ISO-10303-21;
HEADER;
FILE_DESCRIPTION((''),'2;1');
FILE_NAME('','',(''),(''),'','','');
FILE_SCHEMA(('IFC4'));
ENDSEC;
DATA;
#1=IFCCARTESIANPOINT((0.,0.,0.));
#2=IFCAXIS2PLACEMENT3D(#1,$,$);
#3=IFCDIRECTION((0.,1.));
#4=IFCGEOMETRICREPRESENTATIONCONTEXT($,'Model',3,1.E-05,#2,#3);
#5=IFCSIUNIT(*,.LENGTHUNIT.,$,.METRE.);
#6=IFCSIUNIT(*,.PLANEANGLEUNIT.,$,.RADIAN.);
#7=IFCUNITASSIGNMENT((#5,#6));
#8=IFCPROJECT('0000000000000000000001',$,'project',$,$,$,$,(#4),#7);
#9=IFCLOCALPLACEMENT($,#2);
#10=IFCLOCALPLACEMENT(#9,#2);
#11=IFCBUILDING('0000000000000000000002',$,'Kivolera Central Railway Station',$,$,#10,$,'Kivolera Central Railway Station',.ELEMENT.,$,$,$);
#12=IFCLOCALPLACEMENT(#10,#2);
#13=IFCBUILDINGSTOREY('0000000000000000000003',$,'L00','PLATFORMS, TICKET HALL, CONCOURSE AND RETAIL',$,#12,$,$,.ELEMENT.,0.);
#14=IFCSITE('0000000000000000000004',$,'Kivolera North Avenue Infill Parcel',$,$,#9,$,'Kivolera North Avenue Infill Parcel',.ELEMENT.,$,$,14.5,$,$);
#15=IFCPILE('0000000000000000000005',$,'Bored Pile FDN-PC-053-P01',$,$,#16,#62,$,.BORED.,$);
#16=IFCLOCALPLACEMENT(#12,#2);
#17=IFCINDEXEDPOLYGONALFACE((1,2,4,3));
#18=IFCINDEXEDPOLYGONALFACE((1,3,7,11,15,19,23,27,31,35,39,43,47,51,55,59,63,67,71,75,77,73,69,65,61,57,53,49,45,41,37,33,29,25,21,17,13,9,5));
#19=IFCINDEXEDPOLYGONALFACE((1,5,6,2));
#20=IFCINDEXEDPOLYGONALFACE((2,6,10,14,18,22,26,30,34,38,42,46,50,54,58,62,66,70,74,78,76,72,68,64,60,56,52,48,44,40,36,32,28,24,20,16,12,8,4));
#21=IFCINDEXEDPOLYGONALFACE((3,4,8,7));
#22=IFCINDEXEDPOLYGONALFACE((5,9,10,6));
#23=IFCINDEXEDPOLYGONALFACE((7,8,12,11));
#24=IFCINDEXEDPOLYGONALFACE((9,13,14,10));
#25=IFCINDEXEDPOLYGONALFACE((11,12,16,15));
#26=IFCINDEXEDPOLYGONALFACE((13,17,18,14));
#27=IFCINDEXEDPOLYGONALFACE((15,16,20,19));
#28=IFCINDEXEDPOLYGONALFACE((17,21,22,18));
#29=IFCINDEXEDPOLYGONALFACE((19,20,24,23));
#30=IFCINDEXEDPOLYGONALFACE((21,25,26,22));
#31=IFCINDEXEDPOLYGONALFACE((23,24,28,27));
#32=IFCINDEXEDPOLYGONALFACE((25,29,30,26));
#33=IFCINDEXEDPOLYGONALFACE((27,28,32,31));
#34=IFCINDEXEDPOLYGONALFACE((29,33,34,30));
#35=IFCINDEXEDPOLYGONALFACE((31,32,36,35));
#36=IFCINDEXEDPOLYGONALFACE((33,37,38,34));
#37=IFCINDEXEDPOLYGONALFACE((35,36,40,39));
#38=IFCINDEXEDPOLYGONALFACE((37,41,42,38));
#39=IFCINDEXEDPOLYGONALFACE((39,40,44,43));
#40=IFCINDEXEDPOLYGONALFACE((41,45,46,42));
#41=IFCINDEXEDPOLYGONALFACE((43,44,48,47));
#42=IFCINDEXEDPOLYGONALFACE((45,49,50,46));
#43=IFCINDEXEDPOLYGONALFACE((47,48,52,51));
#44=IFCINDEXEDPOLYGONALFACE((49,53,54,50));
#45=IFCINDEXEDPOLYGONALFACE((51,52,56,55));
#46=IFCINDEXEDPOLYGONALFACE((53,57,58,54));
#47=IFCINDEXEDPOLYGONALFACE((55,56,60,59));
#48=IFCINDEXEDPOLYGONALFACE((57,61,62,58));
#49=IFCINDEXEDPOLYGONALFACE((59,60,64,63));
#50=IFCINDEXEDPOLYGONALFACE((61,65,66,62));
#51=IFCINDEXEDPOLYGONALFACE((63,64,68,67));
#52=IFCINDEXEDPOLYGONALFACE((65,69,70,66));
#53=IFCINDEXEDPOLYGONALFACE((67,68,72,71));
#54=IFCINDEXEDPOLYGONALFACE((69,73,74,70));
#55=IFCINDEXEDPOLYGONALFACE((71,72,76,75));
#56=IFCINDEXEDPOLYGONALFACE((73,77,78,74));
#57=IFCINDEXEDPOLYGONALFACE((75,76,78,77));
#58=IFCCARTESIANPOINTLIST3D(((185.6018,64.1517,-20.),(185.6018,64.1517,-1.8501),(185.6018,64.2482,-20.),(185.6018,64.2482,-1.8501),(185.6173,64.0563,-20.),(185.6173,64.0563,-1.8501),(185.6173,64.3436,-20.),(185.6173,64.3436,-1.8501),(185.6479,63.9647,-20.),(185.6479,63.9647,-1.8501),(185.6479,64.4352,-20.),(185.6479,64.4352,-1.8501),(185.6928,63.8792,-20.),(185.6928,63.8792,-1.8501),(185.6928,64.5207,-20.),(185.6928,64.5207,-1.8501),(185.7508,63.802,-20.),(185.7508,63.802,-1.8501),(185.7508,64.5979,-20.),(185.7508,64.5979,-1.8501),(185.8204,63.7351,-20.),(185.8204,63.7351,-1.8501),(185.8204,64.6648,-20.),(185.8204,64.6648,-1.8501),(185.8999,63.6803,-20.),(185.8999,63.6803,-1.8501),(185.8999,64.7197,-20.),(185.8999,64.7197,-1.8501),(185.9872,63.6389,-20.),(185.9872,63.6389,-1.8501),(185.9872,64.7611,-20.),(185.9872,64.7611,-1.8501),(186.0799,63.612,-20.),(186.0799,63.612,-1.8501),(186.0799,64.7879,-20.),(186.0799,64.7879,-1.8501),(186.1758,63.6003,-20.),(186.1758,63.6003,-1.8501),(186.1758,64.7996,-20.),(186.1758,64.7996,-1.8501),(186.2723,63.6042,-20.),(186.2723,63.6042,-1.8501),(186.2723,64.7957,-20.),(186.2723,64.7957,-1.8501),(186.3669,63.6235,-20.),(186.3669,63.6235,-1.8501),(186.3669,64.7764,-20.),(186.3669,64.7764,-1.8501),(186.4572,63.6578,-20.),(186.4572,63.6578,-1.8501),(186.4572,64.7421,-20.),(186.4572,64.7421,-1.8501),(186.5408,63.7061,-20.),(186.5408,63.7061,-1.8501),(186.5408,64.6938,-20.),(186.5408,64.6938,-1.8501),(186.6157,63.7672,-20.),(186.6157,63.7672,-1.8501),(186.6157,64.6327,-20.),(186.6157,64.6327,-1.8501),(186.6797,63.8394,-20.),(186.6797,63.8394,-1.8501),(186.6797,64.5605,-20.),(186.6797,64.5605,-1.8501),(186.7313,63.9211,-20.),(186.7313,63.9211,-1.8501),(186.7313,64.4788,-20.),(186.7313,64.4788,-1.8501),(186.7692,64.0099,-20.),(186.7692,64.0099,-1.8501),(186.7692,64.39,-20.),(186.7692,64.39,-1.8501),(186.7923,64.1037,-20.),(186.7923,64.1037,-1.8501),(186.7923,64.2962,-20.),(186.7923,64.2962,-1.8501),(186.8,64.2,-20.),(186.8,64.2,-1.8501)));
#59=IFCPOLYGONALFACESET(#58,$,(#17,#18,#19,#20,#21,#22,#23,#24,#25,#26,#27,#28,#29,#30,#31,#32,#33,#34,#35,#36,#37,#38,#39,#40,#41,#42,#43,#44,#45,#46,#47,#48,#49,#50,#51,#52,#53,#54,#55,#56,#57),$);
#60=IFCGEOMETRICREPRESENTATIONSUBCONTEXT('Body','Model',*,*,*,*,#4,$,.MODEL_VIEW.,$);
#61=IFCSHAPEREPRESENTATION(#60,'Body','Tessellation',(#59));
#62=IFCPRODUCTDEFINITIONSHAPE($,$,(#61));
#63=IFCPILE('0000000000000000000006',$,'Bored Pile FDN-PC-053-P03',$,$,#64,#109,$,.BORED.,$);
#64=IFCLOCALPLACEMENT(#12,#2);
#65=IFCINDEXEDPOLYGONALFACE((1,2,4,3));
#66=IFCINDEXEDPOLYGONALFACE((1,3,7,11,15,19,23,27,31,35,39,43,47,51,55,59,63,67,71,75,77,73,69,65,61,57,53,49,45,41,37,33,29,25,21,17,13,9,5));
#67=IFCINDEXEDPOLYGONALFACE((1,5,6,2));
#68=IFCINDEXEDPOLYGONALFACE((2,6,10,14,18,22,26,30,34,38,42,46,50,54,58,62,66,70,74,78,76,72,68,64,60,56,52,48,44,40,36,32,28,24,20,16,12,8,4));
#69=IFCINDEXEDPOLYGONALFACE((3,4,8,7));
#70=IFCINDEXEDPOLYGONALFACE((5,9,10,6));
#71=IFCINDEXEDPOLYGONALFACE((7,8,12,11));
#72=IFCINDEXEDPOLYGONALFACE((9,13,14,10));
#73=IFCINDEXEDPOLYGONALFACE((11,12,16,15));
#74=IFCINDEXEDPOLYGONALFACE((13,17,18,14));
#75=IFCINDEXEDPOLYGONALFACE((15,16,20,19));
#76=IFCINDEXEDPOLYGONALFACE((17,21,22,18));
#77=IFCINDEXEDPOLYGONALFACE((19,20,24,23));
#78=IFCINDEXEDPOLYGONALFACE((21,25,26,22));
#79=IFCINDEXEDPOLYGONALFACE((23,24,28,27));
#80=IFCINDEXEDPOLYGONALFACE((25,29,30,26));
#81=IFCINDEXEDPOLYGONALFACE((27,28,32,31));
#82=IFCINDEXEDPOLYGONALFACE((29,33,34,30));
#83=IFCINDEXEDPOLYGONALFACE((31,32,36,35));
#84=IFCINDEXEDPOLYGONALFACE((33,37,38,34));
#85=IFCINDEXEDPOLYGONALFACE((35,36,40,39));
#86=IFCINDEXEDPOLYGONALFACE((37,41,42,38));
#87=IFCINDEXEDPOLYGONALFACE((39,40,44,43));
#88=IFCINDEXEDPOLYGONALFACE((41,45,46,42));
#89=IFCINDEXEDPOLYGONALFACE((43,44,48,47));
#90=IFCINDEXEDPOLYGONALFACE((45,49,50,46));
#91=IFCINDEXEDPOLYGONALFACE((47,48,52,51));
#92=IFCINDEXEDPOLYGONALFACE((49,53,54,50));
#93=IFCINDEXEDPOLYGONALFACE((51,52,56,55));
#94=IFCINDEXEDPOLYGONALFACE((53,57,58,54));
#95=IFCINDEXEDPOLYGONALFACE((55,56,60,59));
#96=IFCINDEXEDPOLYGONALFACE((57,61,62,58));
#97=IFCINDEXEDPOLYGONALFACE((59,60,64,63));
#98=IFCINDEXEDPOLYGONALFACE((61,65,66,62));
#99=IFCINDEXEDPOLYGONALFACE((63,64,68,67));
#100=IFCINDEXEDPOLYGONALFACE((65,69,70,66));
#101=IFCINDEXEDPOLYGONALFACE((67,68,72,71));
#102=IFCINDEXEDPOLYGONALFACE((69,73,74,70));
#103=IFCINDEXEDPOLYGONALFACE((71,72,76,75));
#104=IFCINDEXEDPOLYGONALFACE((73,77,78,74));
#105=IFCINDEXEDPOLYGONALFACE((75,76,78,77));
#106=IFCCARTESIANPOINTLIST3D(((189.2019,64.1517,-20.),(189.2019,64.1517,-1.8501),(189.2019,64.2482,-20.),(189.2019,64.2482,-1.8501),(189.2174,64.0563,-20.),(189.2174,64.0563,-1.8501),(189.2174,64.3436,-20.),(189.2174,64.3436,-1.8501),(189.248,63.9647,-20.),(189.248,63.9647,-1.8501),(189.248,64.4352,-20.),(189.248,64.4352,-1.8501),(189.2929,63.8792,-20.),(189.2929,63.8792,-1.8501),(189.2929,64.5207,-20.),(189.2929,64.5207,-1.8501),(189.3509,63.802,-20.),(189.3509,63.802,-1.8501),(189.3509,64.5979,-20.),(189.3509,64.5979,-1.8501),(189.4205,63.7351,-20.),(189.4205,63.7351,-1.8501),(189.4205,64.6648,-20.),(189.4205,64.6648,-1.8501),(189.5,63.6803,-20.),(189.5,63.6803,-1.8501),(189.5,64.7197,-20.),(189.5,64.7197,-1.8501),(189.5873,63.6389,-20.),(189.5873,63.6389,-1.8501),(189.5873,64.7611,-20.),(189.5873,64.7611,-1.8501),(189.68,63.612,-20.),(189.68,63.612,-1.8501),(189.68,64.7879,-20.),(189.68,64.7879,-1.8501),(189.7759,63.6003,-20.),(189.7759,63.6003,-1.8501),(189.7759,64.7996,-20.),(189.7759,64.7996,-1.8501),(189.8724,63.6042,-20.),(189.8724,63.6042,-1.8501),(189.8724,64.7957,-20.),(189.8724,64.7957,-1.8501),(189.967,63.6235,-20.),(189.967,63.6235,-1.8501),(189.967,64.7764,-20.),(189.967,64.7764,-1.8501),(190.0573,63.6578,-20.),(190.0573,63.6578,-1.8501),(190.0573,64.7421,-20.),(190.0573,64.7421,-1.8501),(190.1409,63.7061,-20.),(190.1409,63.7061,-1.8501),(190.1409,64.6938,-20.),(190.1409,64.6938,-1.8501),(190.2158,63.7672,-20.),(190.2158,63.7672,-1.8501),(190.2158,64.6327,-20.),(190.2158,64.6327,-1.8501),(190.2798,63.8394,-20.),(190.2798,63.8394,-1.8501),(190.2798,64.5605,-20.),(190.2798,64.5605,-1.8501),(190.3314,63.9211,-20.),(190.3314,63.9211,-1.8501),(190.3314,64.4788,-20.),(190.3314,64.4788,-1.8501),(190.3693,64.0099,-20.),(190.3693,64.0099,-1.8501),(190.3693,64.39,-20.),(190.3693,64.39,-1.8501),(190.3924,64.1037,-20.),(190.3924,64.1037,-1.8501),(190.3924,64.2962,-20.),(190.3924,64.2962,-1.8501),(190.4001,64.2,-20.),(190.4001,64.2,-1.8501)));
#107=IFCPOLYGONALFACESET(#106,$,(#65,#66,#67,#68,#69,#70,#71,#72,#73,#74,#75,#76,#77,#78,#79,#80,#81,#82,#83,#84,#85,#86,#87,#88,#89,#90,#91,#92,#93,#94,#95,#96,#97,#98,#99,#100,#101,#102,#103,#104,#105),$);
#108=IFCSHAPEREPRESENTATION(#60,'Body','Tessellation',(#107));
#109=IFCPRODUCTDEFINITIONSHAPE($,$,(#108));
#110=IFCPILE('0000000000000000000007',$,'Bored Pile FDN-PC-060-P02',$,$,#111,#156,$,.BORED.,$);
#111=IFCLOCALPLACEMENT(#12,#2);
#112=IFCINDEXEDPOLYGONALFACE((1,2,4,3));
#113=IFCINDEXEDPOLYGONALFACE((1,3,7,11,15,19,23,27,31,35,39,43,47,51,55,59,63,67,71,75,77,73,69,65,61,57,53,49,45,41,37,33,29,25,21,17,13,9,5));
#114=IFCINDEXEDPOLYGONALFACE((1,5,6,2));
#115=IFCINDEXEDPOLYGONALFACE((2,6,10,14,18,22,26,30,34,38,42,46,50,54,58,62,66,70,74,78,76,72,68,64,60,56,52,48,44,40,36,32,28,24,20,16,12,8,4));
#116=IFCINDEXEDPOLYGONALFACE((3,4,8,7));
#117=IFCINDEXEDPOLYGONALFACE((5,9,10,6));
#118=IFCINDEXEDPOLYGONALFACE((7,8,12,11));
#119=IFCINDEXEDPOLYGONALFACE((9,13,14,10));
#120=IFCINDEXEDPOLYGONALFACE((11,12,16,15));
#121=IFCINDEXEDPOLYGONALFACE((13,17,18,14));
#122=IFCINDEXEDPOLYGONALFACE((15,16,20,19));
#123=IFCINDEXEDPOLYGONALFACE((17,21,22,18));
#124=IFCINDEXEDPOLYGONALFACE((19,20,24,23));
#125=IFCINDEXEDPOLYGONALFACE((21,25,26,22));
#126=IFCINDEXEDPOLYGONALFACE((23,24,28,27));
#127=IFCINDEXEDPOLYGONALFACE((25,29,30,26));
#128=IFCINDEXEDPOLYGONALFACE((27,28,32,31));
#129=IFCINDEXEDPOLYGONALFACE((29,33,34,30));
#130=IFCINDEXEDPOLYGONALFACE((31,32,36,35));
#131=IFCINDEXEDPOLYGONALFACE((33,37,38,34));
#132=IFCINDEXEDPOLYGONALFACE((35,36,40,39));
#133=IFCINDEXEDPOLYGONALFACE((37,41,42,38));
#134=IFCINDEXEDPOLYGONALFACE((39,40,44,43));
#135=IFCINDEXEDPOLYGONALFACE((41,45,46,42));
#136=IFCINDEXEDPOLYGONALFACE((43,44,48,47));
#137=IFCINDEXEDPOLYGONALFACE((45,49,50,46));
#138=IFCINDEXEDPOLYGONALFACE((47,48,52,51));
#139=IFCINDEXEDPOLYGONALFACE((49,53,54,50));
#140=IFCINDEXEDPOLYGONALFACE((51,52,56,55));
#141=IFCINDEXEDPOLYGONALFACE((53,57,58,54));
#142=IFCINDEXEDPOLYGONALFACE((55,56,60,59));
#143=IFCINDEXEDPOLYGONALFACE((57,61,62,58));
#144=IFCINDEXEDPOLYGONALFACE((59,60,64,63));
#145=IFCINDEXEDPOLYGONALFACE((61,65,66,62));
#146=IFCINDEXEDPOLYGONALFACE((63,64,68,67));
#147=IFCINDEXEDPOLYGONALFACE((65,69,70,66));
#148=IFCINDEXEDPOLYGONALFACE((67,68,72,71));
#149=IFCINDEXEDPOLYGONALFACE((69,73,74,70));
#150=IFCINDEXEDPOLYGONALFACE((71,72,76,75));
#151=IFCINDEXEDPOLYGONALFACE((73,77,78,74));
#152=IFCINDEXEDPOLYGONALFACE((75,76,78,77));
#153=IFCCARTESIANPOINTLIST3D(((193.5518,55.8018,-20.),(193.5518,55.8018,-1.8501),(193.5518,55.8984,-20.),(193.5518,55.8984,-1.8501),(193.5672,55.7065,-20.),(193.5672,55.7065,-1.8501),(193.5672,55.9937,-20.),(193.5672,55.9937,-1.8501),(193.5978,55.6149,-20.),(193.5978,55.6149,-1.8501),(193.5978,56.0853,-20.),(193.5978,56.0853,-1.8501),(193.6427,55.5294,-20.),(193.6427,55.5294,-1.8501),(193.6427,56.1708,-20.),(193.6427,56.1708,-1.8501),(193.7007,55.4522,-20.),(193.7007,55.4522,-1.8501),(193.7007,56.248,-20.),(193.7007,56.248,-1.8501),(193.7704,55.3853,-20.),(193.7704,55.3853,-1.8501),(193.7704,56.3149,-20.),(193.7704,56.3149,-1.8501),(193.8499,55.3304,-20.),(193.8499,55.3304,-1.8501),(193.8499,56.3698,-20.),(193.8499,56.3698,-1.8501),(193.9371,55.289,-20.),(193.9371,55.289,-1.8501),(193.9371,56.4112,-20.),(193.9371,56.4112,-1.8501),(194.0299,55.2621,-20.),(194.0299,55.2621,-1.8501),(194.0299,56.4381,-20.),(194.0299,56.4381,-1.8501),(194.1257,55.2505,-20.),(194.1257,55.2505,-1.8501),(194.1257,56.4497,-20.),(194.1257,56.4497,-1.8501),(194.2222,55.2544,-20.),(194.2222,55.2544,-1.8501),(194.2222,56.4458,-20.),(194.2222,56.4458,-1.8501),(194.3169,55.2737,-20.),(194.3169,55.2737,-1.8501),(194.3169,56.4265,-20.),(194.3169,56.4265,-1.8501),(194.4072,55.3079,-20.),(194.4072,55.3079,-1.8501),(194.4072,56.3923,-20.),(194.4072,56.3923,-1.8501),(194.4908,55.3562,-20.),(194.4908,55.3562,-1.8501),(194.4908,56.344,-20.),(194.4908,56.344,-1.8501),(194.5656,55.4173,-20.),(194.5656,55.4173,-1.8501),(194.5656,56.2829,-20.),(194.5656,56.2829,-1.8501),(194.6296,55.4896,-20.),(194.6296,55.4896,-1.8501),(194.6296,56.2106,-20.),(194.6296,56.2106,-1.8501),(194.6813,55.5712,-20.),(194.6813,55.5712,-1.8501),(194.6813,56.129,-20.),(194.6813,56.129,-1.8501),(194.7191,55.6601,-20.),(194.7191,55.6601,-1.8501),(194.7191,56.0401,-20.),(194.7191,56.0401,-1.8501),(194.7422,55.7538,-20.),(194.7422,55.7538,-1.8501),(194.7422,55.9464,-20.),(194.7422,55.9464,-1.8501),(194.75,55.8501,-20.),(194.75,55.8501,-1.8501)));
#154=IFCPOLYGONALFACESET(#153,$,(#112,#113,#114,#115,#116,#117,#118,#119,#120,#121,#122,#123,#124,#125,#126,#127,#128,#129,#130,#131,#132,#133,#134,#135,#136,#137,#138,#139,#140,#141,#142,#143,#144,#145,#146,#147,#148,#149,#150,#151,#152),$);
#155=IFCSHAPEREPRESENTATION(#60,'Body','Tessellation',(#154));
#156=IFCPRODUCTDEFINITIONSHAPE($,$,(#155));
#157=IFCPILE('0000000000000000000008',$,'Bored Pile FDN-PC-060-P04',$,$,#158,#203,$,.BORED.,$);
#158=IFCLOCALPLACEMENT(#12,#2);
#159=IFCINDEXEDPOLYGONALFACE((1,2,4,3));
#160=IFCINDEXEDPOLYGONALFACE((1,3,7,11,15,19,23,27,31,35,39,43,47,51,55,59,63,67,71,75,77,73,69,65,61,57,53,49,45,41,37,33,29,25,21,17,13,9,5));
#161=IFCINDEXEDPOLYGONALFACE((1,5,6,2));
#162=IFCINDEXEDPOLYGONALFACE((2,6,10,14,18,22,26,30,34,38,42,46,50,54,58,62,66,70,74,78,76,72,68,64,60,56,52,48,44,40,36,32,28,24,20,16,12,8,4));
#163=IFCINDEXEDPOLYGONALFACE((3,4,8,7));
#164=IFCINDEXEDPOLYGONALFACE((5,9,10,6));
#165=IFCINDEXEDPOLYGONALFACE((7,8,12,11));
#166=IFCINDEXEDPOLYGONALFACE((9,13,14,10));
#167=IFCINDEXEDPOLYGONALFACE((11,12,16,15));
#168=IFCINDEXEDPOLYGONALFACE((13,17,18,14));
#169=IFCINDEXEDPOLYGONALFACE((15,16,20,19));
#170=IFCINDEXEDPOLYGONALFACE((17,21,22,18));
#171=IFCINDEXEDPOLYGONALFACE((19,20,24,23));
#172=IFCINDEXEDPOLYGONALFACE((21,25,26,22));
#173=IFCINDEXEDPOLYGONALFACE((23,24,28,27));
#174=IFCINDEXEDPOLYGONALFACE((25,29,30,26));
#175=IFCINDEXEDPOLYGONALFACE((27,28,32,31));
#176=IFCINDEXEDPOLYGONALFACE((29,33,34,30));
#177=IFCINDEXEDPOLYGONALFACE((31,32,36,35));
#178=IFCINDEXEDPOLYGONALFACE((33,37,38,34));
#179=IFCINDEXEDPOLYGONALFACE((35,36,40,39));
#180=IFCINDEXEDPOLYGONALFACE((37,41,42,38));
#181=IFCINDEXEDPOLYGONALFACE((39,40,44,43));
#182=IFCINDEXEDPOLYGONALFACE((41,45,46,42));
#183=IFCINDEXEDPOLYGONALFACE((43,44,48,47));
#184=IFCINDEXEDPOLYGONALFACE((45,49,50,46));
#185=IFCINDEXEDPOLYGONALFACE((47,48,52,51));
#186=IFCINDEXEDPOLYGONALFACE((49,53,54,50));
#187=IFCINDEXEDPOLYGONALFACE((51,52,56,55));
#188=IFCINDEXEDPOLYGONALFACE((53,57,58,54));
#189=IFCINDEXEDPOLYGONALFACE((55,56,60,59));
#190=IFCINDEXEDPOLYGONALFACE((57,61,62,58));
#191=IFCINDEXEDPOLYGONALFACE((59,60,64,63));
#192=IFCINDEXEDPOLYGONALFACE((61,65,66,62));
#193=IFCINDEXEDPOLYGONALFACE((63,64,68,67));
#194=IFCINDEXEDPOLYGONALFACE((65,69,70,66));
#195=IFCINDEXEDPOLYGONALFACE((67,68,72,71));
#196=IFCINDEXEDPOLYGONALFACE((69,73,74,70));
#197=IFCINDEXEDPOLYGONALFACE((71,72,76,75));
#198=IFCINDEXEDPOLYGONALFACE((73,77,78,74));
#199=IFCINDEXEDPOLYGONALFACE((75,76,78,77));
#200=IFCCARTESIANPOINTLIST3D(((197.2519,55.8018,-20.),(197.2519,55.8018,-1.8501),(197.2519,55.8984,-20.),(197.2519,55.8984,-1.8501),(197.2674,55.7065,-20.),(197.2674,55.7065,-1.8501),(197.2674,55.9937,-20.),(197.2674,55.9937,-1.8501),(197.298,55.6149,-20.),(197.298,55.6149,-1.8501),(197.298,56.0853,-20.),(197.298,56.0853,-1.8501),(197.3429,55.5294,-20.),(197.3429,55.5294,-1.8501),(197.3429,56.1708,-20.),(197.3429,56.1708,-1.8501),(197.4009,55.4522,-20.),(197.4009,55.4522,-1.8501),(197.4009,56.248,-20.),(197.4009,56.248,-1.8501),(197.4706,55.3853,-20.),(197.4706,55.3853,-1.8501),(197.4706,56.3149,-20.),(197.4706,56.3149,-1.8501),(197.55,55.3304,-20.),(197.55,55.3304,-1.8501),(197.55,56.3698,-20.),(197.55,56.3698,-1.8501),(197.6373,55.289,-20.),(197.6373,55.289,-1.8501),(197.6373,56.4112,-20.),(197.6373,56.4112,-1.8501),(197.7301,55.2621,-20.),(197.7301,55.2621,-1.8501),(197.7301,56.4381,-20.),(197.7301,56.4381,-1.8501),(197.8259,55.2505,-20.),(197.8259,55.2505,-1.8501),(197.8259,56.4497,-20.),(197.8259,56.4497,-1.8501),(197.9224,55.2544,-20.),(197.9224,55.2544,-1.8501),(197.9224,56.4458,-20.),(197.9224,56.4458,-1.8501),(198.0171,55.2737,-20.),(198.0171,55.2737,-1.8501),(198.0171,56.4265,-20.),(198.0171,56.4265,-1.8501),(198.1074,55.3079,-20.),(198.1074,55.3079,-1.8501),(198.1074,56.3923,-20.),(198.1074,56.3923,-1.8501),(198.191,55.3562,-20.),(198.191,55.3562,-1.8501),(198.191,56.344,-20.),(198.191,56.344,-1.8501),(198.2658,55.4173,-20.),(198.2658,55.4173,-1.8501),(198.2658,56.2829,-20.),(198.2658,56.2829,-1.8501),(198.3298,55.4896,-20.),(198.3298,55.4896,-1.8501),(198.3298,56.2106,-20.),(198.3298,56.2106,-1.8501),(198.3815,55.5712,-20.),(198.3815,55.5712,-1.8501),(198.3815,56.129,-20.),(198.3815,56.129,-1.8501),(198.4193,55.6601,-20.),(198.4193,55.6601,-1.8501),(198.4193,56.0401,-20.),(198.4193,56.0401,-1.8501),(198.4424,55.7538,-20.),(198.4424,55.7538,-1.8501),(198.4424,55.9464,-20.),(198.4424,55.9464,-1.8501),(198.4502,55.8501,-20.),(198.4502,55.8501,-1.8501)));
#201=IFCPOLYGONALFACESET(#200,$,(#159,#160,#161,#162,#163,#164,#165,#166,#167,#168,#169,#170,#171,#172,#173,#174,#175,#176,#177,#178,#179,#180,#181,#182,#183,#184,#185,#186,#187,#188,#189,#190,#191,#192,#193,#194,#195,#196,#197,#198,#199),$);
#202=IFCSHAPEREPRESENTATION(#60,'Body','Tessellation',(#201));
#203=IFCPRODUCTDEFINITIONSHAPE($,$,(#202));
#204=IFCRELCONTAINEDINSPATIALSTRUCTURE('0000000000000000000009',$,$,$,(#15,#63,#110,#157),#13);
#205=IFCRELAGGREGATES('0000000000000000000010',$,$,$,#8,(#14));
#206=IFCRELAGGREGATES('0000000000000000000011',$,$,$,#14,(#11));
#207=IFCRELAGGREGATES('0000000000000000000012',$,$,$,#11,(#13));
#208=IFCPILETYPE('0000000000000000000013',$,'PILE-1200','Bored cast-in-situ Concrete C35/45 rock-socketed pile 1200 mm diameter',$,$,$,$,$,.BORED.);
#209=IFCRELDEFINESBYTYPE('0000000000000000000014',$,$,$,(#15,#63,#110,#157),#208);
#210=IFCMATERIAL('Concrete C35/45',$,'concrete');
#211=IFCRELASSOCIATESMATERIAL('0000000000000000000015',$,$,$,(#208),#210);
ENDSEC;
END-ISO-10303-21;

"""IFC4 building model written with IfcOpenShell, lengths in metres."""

from ifc_helpers import new_model, si_unit, direction, frame, origin, origin_2d, place, context, subcontext, project, spatial, circle, extrude, material, material_profile, profile_set, type_object, element, save


model = new_model("IFC4")

# Units and contexts
model_context = context("Model", 3, precision=1e-05, world=origin(), true_north=direction((0.0, 1.0)))
body_context = subcontext(model_context, "Body", "Model", "MODEL_VIEW")
ifc_project = project(units=[si_unit("LENGTHUNIT", "METRE"), si_unit("PLANEANGLEUNIT", "RADIAN")], contexts=[model_context])

# Site, building, storey
site_placement = place(None, origin())
site = spatial("IfcSite", under=ifc_project, at=site_placement, Name="Kivolera North Avenue Infill Parcel", LongName="Kivolera North Avenue Infill Parcel", CompositionType="ELEMENT", RefElevation=14.5)
building_placement = place(site_placement, origin())
building = spatial("IfcBuilding", under=site, at=building_placement, Name="Kivolera Central Railway Station", LongName="Kivolera Central Railway Station", CompositionType="ELEMENT")
storey_placement = place(building_placement, origin())
storey = spatial("IfcBuildingStorey", under=building, at=storey_placement, Name="L00", Description="PLATFORMS, TICKET HALL, CONCOURSE AND RETAIL", CompositionType="ELEMENT", Elevation=0.0)

# Shared definitions
ifc_material_1 = material(Name="Concrete C35/45", Category="concrete")

# Piles
ifc_material_profile_1 = material_profile(ifc_material_1, circle(Radius=0.6001, at=origin_2d()), Name="PILE D1200")
ifc_profile_set_1 = profile_set([ifc_material_profile_1], Name="Concrete C35/45")
pile_type = type_object("IfcPileType", Name="PILE-1200", Description="Bored cast-in-situ Concrete C35/45 rock-socketed pile 1200 mm diameter", PredefinedType="BORED", material=ifc_profile_set_1)
for number, where, z_axis, x_axis, name in (
    (1, (186.2, 64.2, -1.8501), (0.0, 0.0, -1.0), (1.0, 0.0, 0.0), "Bored Pile FDN-PC-053-P01"),
    (2, (189.8, 64.2, -1.8501), (0.0, 0.0, -1.0), (1.0, 0.0, 0.0), "Bored Pile FDN-PC-053-P03"),
    (3, (194.1499, 55.8501, -1.8501), (0.0, 0.0, -1.0), (1.0, 0.0, 0.0), "Bored Pile FDN-PC-060-P02"),
    (4, (197.8501, 55.8501, -1.8501), (0.0, 0.0, -1.0), (1.0, 0.0, 0.0), "Bored Pile FDN-PC-060-P04"),
):
    element("IfcPile", number, at=place(storey_placement, frame(where, z_axis=z_axis, x_axis=x_axis)), inside=storey, type_object=pile_type, Name=name, PredefinedType="BORED", context=body_context, shape_type="SweptSolid", body=[
        extrude(circle(Radius=0.6001, at=origin_2d()), origin(), (0.0, 0.0, 1.0), 18.1499),
    ])

save(model, "model.ifc")
